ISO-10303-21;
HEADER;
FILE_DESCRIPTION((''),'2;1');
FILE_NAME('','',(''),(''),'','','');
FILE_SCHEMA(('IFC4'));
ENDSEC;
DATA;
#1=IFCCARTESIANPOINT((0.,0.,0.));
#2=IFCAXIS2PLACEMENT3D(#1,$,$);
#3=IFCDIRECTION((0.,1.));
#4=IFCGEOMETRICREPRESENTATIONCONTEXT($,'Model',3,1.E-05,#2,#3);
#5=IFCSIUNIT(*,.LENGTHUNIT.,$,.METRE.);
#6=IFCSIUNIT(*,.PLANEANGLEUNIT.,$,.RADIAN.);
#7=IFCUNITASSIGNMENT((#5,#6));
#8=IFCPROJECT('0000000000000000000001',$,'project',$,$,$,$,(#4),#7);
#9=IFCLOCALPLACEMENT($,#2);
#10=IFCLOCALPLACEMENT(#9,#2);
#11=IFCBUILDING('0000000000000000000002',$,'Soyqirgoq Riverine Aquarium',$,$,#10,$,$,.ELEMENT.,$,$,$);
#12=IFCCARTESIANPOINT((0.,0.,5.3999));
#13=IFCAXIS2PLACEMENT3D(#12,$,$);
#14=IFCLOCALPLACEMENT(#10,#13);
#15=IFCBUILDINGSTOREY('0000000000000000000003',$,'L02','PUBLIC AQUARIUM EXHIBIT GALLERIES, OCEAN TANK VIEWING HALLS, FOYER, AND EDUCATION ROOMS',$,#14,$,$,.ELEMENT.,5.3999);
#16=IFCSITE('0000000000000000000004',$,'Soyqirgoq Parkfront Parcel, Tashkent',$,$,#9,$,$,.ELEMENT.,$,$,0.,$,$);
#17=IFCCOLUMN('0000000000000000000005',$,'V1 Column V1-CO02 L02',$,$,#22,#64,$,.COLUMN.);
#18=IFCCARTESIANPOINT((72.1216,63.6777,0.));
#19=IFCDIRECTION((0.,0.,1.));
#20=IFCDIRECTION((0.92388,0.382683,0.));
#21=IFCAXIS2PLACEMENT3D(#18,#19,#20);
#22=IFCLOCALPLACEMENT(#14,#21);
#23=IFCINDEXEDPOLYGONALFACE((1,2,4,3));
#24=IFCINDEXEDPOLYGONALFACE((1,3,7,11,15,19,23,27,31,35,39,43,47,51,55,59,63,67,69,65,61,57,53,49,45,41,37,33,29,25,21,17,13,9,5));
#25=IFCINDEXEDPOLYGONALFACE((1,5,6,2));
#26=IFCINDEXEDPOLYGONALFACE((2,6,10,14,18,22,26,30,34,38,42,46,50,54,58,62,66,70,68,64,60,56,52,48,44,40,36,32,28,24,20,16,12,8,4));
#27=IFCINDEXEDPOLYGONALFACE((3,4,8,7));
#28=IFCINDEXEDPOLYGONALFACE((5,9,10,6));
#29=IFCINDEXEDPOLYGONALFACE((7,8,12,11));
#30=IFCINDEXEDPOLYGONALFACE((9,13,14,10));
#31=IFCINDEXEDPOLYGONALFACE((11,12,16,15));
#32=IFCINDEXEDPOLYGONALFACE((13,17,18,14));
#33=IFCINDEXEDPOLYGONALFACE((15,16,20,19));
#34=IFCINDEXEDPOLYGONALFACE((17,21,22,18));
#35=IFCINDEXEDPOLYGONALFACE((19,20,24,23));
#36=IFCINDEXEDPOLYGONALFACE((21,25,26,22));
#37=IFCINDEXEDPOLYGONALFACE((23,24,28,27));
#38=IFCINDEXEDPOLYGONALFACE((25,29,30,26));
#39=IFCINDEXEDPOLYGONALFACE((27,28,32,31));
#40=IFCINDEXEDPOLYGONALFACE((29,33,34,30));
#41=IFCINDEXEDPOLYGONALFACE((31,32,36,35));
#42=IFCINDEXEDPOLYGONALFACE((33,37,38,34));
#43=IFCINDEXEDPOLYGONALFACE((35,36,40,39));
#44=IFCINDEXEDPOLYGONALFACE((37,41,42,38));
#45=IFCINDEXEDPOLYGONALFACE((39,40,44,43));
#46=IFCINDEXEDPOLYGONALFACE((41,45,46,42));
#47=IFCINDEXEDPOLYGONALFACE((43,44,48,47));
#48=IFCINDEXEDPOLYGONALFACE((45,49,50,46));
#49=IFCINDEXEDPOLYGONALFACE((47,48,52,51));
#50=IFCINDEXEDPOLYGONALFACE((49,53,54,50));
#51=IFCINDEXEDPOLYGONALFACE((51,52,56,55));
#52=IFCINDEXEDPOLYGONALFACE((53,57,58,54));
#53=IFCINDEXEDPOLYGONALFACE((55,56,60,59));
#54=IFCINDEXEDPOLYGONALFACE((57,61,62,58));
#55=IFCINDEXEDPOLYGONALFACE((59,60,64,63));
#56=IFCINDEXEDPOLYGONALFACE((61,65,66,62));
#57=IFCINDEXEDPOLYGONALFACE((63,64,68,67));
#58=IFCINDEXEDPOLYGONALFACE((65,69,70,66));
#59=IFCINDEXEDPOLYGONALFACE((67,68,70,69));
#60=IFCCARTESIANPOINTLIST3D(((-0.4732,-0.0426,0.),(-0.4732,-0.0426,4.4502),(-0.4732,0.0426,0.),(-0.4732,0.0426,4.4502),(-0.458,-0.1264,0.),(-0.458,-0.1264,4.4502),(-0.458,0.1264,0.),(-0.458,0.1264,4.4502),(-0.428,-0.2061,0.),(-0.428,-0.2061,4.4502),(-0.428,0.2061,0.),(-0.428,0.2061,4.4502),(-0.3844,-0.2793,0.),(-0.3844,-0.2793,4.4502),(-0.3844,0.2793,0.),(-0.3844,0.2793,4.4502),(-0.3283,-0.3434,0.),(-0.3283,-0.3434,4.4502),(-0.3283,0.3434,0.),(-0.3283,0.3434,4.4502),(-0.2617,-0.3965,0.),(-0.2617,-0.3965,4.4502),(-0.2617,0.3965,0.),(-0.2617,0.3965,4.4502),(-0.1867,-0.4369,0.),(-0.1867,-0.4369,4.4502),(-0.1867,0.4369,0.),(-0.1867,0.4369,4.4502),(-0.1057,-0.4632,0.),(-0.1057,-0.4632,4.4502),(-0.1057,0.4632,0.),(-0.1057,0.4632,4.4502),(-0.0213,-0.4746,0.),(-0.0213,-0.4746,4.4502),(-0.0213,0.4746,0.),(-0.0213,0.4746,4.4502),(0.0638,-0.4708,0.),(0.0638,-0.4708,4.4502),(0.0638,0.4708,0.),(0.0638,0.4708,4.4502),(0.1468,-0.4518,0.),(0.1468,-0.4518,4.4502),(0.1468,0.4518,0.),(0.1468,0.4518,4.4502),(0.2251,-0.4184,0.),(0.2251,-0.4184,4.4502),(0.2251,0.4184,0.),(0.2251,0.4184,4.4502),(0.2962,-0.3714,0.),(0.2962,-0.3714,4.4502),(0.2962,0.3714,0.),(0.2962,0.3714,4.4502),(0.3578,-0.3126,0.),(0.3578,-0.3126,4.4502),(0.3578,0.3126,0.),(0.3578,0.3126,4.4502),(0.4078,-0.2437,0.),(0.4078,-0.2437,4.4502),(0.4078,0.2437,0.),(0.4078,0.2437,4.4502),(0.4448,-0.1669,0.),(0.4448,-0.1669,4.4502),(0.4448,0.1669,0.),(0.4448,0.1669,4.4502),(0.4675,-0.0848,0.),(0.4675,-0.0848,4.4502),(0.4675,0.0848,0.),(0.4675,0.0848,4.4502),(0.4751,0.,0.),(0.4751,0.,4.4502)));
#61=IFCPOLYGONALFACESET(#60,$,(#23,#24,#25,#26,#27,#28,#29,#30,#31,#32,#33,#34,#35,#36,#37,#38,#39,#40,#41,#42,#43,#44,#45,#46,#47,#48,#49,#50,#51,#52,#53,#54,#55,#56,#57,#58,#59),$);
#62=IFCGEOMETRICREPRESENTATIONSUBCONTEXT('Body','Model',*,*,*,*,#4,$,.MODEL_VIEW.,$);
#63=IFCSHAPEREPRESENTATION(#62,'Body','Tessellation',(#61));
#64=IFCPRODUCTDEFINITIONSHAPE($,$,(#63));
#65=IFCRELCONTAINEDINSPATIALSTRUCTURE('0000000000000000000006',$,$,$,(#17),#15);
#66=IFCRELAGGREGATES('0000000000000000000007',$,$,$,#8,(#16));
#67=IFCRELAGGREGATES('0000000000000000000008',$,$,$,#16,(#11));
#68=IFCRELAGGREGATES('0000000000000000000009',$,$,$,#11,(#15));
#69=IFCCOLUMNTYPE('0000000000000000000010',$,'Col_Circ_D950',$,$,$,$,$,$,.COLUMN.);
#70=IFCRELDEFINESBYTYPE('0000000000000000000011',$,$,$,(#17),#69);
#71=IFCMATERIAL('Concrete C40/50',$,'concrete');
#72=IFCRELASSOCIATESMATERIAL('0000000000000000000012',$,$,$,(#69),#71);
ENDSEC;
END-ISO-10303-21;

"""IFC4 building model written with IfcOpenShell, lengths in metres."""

from ifc_helpers import new_model, si_unit, direction, frame, origin, origin_2d, place, context, subcontext, project, spatial, circle, extrude, material, material_profile, profile_set, type_object, element, save


model = new_model("IFC4")

# Units and contexts
model_context = context("Model", 3, precision=1e-05, world=origin(), true_north=direction((0.0, 1.0)))
body_context = subcontext(model_context, "Body", "Model", "MODEL_VIEW")
ifc_project = project(units=[si_unit("LENGTHUNIT", "METRE"), si_unit("PLANEANGLEUNIT", "RADIAN")], contexts=[model_context])

# Site, building, storey
site_placement = place(None, origin())
site = spatial("IfcSite", under=ifc_project, at=site_placement, Name="Soyqirgoq Parkfront Parcel, Tashkent", CompositionType="ELEMENT", RefElevation=0.0)
building_placement = place(site_placement, origin())
building = spatial("IfcBuilding", under=site, at=building_placement, Name="Soyqirgoq Riverine Aquarium", CompositionType="ELEMENT")
storey_placement = place(building_placement, frame((0.0, 0.0, 5.3999)))
storey = spatial("IfcBuildingStorey", under=building, at=storey_placement, Name="L02", Description="PUBLIC AQUARIUM EXHIBIT GALLERIES, OCEAN TANK VIEWING HALLS, FOYER, AND EDUCATION ROOMS", CompositionType="ELEMENT", Elevation=5.3999)

# Column
ifc_material_1 = material(Name="Concrete C40/50", Category="concrete")
ifc_material_profile_1 = material_profile(ifc_material_1, circle(Radius=0.4751, at=origin_2d()), Name="RC-COL D950")
ifc_profile_set_1 = profile_set([ifc_material_profile_1], Name="Concrete C40/50")
column_type_1 = type_object("IfcColumnType", Name="Col_Circ_D950", PredefinedType="COLUMN", material=ifc_profile_set_1)
column_placement = place(storey_placement, frame((72.1216, 63.6777, 0.0), z_axis=(0.0, 0.0, 1.0), x_axis=(0.92388, 0.382683, 0.0)))
element("IfcColumn", 1, at=column_placement, inside=storey, type_object=column_type_1, Name="V1 Column V1-CO02 L02", PredefinedType="COLUMN", context=body_context, shape_type="SweptSolid", body=[
    extrude(circle(Radius=0.4751, at=origin_2d()), origin(), (0.0, 0.0, 1.0), 4.4502),
])

save(model, "model.ifc")
